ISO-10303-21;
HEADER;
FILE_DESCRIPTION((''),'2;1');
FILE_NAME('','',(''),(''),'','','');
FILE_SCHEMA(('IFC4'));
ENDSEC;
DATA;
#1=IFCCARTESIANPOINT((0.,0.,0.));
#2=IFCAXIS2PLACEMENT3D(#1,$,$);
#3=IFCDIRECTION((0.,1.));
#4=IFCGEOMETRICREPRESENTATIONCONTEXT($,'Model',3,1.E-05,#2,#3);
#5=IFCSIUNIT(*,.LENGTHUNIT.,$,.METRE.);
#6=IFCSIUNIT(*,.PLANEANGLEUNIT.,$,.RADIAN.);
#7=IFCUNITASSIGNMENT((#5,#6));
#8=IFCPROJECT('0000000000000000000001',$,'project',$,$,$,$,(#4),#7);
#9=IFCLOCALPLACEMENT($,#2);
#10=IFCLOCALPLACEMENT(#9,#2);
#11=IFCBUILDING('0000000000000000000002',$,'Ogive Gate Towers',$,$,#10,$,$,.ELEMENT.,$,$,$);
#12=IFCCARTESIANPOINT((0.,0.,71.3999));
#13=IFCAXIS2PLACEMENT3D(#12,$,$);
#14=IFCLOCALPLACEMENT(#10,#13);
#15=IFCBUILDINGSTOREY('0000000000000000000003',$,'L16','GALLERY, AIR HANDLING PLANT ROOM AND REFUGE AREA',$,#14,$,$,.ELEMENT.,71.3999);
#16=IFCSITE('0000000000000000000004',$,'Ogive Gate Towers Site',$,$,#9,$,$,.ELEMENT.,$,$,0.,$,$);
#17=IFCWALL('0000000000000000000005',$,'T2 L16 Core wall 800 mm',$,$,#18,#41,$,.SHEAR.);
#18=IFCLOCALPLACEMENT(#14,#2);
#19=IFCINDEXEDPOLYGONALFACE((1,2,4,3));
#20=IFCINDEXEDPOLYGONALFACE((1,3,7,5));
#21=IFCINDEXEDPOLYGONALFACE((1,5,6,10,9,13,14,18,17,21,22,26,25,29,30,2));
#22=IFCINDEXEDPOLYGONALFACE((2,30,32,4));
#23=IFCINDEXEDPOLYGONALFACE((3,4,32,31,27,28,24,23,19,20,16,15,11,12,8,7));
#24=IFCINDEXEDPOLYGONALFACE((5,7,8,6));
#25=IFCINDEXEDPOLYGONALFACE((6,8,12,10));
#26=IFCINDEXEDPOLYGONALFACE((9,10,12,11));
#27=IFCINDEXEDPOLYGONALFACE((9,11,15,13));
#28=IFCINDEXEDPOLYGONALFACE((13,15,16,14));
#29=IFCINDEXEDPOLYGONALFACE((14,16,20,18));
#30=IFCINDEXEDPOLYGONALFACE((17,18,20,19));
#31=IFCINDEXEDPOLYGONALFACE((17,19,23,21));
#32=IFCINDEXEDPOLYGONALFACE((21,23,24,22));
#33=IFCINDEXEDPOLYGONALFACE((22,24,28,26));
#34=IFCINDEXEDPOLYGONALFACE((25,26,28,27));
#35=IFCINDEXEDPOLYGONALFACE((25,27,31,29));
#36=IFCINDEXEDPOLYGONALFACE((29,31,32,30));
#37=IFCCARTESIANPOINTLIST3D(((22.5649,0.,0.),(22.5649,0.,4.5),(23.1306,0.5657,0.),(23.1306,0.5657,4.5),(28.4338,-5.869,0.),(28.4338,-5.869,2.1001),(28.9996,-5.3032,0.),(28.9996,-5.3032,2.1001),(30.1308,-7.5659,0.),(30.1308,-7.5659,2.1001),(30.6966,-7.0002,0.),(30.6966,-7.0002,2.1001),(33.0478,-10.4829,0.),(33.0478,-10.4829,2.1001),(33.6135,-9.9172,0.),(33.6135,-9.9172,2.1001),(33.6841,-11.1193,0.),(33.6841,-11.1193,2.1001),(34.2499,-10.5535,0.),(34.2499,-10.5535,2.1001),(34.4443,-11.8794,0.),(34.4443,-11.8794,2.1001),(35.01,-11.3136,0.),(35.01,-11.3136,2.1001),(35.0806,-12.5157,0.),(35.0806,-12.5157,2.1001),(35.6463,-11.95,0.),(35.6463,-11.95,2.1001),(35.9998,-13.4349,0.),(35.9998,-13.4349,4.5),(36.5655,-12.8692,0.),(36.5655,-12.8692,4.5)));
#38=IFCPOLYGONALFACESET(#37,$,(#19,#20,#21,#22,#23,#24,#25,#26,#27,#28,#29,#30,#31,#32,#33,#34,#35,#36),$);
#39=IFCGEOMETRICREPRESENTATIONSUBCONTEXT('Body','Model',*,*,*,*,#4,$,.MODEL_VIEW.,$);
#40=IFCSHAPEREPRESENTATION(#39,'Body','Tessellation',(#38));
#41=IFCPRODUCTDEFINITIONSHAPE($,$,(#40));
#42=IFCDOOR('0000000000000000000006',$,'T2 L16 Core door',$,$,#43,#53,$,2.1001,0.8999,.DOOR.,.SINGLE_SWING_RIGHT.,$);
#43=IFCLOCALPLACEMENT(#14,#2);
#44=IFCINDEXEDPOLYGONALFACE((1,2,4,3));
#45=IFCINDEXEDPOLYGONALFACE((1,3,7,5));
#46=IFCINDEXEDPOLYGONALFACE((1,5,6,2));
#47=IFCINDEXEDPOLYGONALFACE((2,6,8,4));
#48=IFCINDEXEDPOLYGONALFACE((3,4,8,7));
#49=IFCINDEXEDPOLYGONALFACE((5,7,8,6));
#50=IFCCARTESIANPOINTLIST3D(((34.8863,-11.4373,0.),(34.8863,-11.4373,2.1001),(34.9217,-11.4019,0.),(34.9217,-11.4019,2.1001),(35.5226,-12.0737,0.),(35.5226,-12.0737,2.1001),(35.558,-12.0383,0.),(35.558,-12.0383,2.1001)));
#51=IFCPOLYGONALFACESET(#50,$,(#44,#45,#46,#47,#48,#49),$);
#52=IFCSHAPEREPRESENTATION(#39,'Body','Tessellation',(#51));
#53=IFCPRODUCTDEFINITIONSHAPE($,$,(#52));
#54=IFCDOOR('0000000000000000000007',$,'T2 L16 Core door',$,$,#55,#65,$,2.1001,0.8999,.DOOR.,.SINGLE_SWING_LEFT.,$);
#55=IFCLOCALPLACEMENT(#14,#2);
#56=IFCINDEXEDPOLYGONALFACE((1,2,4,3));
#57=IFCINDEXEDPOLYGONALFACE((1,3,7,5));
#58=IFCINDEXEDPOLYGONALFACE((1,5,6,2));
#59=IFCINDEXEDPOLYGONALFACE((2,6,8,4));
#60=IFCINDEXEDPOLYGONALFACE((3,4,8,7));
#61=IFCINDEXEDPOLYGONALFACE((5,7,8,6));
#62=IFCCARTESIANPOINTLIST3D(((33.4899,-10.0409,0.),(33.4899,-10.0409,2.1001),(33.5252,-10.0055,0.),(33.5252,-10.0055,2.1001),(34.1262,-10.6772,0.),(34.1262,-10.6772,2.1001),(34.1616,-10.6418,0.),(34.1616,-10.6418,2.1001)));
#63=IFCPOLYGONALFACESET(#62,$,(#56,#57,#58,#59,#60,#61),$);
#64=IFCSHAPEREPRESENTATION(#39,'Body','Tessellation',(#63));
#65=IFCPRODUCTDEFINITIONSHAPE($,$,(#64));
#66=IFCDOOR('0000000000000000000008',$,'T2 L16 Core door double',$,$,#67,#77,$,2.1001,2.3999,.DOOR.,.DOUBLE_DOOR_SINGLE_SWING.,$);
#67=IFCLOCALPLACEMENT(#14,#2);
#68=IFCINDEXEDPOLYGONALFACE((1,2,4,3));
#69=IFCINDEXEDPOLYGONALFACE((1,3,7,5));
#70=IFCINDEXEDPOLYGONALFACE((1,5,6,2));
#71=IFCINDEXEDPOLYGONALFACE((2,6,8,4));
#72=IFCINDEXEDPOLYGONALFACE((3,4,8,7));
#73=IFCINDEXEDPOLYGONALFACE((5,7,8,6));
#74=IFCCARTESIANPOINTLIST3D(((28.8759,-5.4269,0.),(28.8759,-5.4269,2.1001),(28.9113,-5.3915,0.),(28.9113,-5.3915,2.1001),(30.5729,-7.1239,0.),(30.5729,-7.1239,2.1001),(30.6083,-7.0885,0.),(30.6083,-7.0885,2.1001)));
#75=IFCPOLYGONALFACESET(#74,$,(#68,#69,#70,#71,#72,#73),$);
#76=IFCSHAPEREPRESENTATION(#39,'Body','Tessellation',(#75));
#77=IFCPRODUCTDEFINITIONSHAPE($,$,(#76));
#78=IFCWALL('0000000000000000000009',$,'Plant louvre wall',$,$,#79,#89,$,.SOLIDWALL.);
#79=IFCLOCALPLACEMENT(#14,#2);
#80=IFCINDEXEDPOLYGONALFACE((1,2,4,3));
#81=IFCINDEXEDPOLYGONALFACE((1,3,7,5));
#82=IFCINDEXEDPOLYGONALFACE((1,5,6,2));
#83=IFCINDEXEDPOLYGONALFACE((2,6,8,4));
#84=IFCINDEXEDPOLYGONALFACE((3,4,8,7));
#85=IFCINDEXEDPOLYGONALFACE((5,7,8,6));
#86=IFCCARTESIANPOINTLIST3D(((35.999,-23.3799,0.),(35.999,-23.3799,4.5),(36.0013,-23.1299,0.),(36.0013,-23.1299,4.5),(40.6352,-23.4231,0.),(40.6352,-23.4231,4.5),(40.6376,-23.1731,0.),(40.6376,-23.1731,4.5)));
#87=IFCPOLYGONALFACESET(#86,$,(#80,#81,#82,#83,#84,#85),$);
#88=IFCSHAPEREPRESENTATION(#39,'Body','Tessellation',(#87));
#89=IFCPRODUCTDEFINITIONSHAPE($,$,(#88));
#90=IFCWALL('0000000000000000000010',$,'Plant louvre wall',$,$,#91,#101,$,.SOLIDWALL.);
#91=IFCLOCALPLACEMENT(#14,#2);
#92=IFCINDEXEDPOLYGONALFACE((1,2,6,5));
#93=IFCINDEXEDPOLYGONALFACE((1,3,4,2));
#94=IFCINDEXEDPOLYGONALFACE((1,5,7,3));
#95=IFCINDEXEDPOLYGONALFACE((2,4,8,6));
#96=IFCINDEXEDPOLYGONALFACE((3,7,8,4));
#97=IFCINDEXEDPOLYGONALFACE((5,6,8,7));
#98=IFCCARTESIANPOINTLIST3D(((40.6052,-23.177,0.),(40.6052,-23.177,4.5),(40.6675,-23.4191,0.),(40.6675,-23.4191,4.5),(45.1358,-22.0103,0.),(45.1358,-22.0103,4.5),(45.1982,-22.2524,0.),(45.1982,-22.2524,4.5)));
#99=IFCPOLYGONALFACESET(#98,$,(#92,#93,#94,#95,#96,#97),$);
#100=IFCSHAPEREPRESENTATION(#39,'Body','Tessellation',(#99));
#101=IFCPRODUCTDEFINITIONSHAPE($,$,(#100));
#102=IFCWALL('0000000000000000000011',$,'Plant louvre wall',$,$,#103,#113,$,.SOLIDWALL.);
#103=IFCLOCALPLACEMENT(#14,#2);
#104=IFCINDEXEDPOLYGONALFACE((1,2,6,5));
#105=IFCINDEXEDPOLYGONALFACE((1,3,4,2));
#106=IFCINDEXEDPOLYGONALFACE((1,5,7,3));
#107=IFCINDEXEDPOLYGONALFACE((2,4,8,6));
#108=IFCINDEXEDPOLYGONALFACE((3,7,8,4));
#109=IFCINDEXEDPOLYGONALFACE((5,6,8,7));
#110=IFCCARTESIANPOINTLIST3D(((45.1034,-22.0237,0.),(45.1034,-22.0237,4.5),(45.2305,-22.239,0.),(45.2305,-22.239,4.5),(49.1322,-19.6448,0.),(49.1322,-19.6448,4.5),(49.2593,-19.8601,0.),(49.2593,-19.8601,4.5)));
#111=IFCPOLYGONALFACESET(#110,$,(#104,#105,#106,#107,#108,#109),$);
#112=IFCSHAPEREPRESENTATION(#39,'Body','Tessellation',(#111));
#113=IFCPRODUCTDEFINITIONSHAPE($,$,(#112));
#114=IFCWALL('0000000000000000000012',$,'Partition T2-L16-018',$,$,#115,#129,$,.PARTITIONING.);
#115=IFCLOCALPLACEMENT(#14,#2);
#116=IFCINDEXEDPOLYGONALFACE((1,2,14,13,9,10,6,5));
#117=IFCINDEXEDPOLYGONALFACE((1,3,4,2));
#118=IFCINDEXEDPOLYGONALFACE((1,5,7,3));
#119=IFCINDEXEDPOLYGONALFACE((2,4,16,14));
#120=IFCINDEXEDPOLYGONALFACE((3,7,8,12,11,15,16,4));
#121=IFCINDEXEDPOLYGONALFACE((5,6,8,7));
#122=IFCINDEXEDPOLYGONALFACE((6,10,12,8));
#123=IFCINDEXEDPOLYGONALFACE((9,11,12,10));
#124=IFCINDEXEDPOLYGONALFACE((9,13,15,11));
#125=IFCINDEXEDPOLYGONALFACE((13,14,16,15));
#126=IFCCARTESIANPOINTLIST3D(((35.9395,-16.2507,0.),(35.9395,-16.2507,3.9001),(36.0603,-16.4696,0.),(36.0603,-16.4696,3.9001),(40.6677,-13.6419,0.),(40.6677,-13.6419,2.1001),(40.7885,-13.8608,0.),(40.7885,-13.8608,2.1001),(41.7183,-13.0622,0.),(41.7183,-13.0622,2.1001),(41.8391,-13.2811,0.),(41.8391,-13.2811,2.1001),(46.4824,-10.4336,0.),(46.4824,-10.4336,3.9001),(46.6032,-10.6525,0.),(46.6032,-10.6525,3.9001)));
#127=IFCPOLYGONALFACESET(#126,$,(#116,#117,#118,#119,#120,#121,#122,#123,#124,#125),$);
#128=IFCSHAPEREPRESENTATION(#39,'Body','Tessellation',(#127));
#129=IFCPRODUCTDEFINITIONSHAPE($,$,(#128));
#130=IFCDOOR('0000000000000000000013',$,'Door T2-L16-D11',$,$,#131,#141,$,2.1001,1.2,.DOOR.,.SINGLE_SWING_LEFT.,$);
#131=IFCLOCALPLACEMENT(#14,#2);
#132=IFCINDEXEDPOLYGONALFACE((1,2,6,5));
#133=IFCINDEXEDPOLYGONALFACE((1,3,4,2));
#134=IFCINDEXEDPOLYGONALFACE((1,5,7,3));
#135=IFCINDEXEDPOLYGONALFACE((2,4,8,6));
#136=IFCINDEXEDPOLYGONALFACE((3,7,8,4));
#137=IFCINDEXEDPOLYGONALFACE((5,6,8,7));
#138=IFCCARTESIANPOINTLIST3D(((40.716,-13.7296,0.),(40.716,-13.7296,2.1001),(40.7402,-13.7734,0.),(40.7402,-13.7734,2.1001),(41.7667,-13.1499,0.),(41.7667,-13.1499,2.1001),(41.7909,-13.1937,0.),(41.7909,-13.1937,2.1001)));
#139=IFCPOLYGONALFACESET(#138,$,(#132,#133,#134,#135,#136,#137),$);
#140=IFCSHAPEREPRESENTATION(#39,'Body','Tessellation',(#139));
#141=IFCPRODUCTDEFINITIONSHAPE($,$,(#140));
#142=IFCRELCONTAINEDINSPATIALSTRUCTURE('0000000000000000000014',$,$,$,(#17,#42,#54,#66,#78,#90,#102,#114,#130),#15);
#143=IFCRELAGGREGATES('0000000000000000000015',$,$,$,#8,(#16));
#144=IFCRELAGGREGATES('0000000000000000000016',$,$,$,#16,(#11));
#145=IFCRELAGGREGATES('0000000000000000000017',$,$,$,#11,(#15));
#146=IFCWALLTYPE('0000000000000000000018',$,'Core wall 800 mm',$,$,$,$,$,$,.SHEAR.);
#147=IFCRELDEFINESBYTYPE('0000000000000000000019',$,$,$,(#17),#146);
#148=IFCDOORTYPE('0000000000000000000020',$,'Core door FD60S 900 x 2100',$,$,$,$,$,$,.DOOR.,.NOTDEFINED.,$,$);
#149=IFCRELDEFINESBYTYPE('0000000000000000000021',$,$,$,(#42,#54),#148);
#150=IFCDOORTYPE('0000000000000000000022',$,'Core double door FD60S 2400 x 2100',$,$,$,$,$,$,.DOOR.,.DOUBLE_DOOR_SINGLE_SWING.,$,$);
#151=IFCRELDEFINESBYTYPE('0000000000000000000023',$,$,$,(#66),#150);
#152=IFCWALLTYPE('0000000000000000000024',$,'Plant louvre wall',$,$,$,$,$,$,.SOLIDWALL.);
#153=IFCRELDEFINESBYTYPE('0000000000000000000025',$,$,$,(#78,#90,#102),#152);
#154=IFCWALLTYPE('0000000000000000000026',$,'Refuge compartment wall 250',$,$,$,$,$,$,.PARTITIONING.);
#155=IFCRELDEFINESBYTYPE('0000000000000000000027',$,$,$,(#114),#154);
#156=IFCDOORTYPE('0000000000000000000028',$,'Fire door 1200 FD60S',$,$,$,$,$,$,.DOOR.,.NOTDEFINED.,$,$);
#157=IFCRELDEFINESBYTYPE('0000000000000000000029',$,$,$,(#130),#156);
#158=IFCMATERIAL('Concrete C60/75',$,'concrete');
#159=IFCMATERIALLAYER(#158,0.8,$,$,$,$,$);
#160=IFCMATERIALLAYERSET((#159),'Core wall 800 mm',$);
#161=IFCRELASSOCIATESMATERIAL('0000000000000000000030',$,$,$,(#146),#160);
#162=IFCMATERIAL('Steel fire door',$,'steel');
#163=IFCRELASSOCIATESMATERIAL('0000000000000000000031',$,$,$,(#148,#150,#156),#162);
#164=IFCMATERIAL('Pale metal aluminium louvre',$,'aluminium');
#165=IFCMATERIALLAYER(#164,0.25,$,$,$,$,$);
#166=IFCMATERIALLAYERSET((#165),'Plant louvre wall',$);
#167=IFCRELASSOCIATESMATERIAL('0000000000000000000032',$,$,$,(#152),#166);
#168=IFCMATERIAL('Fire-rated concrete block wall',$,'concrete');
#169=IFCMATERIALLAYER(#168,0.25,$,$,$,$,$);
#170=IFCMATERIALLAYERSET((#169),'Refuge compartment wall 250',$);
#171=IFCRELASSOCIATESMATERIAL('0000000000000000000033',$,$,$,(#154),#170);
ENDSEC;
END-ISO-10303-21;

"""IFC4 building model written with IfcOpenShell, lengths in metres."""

from ifc_helpers import new_model, si_unit, direction, frame, frame_2d, origin, place, context, subcontext, project, spatial, rectangle, extrude, material, layer, layer_set, type_object, element, fill, save


model = new_model("IFC4")

# Units and contexts
model_context = context("Model", 3, precision=1e-05, world=origin(), true_north=direction((0.0, 1.0)))
body_context = subcontext(model_context, "Body", "Model", "MODEL_VIEW")
ifc_project = project(units=[si_unit("LENGTHUNIT", "METRE"), si_unit("PLANEANGLEUNIT", "RADIAN")], contexts=[model_context])

# Site, building, storey
site_placement = place(None, origin())
site = spatial("IfcSite", under=ifc_project, at=site_placement, Name="Ogive Gate Towers Site", CompositionType="ELEMENT", RefElevation=0.0)
building_placement = place(site_placement, origin())
building = spatial("IfcBuilding", under=site, at=building_placement, Name="Ogive Gate Towers", CompositionType="ELEMENT")
storey_placement = place(building_placement, frame((0.0, 0.0, 71.3999)))
storey = spatial("IfcBuildingStorey", under=building, at=storey_placement, Name="L16", Description="GALLERY, AIR HANDLING PLANT ROOM AND REFUGE AREA", CompositionType="ELEMENT", Elevation=71.3999)

# Shared definitions
ifc_material_1 = material(Name="Concrete C60/75", Category="concrete")
ifc_layer_1 = layer(ifc_material_1, 0.8)
ifc_layer_set_1 = layer_set([ifc_layer_1], Name="Core wall 800 mm")
wall_type_1 = type_object("IfcWallType", Name="Core wall 800 mm", PredefinedType="SHEAR", material=ifc_layer_set_1)
ifc_material_2 = material(Name="Steel fire door", Category="steel")

# Wall, openings, doors
wall_1_placement = place(storey_placement, frame((36.2827, -13.1521, 0.0), z_axis=(0.0, 0.0, 1.0), x_axis=(-0.707107, 0.707107, 0.0)))
wall_1 = element("IfcWall", 1, at=wall_1_placement, inside=storey, type_object=wall_type_1, Name="T2 L16 Core wall 800 mm", PredefinedType="SHEAR", context=body_context, shape_type="SweptSolid", body=[
    extrude(rectangle(XDim=18.9998, YDim=0.8, at=frame_2d((9.5, 0.0))), origin(), (0.0, 0.0, 1.0), 4.5),
])
opening_1_placement = place(wall_1_placement, frame((8.3, 0.0, 0.0)))
opening_1 = element("IfcOpeningElement", 2, at=opening_1_placement, cuts=wall_1, PredefinedType="OPENING", context=body_context, shape_type="SweptSolid", body=[
    extrude(rectangle(XDim=2.3999, YDim=2.1001, at=frame_2d((1.2, 1.05))), frame((0.0, 0.4102, 0.0), z_axis=(0.0, -1.0, 0.0), x_axis=(1.0, 0.0, 0.0)), (0.0, 0.0, 1.0), 0.8201),
])
opening_2_placement = place(wall_1_placement, frame((1.3, 0.0, 0.0)))
opening_2 = element("IfcOpeningElement", 3, at=opening_2_placement, cuts=wall_1, PredefinedType="OPENING", context=body_context, shape_type="SweptSolid", body=[
    extrude(rectangle(XDim=0.8999, YDim=2.1001, at=frame_2d((0.45, 1.05))), frame((0.0, 0.4102, 0.0), z_axis=(0.0, -1.0, 0.0), x_axis=(1.0, 0.0, 0.0)), (0.0, 0.0, 1.0), 0.8201),
])
opening_3_placement = place(wall_1_placement, frame((3.2749, 0.0, 0.0)))
opening_3 = element("IfcOpeningElement", 4, at=opening_3_placement, cuts=wall_1, PredefinedType="OPENING", context=body_context, shape_type="SweptSolid", body=[
    extrude(rectangle(XDim=0.8999, YDim=2.1001, at=frame_2d((0.45, 1.05))), frame((0.0, 0.4102, 0.0), z_axis=(0.0, -1.0, 0.0), x_axis=(1.0, 0.0, 0.0)), (0.0, 0.0, 1.0), 0.8201),
])
door_type_1 = type_object("IfcDoorType", Name="Core door FD60S 900 x 2100", OperationType="NOTDEFINED", PredefinedType="DOOR", material=ifc_material_2)
door_1_placement = place(opening_2_placement, origin())
door_1 = element("IfcDoor", 5, at=door_1_placement, inside=storey, type_object=door_type_1, Name="T2 L16 Core door", OperationType="SINGLE_SWING_RIGHT", OverallHeight=2.1001, OverallWidth=0.8999, PredefinedType="DOOR", context=body_context, shape_type="SweptSolid", body=[
    extrude(rectangle(XDim=0.8999, YDim=2.1001, at=frame_2d((0.45, 1.05))), frame((0.0, -0.2251, 0.0), z_axis=(0.0, -1.0, 0.0), x_axis=(1.0, 0.0, 0.0)), (0.0, 0.0, 1.0), 0.05),
])
fill(opening_2, door_1)
door_2_placement = place(opening_3_placement, origin())
door_2 = element("IfcDoor", 6, at=door_2_placement, inside=storey, type_object=door_type_1, Name="T2 L16 Core door", OperationType="SINGLE_SWING_LEFT", OverallHeight=2.1001, OverallWidth=0.8999, PredefinedType="DOOR", context=body_context, shape_type="SweptSolid", body=[
    extrude(rectangle(XDim=0.8999, YDim=2.1001, at=frame_2d((0.45, 1.05))), frame((0.0, -0.2251, 0.0), z_axis=(0.0, -1.0, 0.0), x_axis=(1.0, 0.0, 0.0)), (0.0, 0.0, 1.0), 0.05),
])
fill(opening_3, door_2)
door_type_2 = type_object("IfcDoorType", Name="Core double door FD60S 2400 x 2100", OperationType="DOUBLE_DOOR_SINGLE_SWING", PredefinedType="DOOR", material=ifc_material_2)
door_3_placement = place(opening_1_placement, origin())
door_3 = element("IfcDoor", 7, at=door_3_placement, inside=storey, type_object=door_type_2, Name="T2 L16 Core door double", OperationType="DOUBLE_DOOR_SINGLE_SWING", OverallHeight=2.1001, OverallWidth=2.3999, PredefinedType="DOOR", context=body_context, shape_type="SweptSolid", body=[
    extrude(rectangle(XDim=2.3999, YDim=2.1001, at=frame_2d((1.2, 1.05))), frame((0.0, -0.2251, 0.0), z_axis=(0.0, -1.0, 0.0), x_axis=(1.0, 0.0, 0.0)), (0.0, 0.0, 1.0), 0.05),
])
fill(opening_1, door_3)

# Walls
ifc_material_3 = material(Name="Pale metal aluminium louvre", Category="aluminium")
ifc_layer_2 = layer(ifc_material_3, 0.25)
ifc_layer_set_2 = layer_set([ifc_layer_2], Name="Plant louvre wall")
wall_type_2 = type_object("IfcWallType", Name="Plant louvre wall", PredefinedType="SOLIDWALL", material=ifc_layer_set_2)
wall_2_placement = place(storey_placement, frame((36.0, -23.2549, 0.0), z_axis=(0.0, 0.0, 1.0), x_axis=(0.999957, -0.00932, 0.0)))
element("IfcWall", 8, at=wall_2_placement, inside=storey, type_object=wall_type_2, Name="Plant louvre wall", PredefinedType="SOLIDWALL", context=body_context, shape_type="SweptSolid", body=[
    extrude(rectangle(XDim=4.6365, YDim=0.25, at=frame_2d((2.3184, 0.0))), origin(), (0.0, 0.0, 1.0), 4.5),
])
wall_3_placement = place(storey_placement, frame((40.6362, -23.2981, 0.0), z_axis=(0.0, 0.0, 1.0), x_axis=(0.968405, 0.249381, 0.0)))
element("IfcWall", 9, at=wall_3_placement, inside=storey, type_object=wall_type_2, Name="Plant louvre wall", PredefinedType="SOLIDWALL", context=body_context, shape_type="SweptSolid", body=[
    extrude(rectangle(XDim=4.6785, YDim=0.25, at=frame_2d((2.3394, 0.0))), origin(), (0.0, 0.0, 1.0), 4.5),
])
wall_4_placement = place(storey_placement, frame((45.167, -22.1313, 0.0), z_axis=(0.0, 0.0, 1.0), x_axis=(0.861091, 0.508452, 0.0)))
element("IfcWall", 10, at=wall_4_placement, inside=storey, type_object=wall_type_2, Name="Plant louvre wall", PredefinedType="SOLIDWALL", context=body_context, shape_type="SweptSolid", body=[
    extrude(rectangle(XDim=4.6787, YDim=0.25, at=frame_2d((2.3394, 0.0))), origin(), (0.0, 0.0, 1.0), 4.5),
])

# Wall, opening, door
ifc_material_4 = material(Name="Fire-rated concrete block wall", Category="concrete")
ifc_layer_3 = layer(ifc_material_4, 0.25)
ifc_layer_set_3 = layer_set([ifc_layer_3], Name="Refuge compartment wall 250")
wall_type_3 = type_object("IfcWallType", Name="Refuge compartment wall 250", PredefinedType="PARTITIONING", material=ifc_layer_set_3)
wall_5_placement = place(storey_placement, frame((36.0, -16.3601, 0.0), z_axis=(0.0, 0.0, 1.0), x_axis=(0.875566, 0.483098, 0.0)))
wall_5 = element("IfcWall", 11, at=wall_5_placement, inside=storey, type_object=wall_type_3, Name="Partition T2-L16-018", PredefinedType="PARTITIONING", context=body_context, shape_type="SweptSolid", body=[
    extrude(rectangle(XDim=12.0413, YDim=0.25, at=frame_2d((6.0205, 0.0))), origin(), (0.0, 0.0, 1.0), 3.9001),
])
opening_4_placement = place(wall_5_placement, frame((5.3999, 0.0, 0.0)))
opening_4 = element("IfcOpeningElement", 12, at=opening_4_placement, cuts=wall_5, PredefinedType="OPENING", context=body_context, shape_type="SweptSolid", body=[
    extrude(rectangle(XDim=1.2, YDim=2.1001, at=frame_2d((0.6001, 1.05))), frame((0.0, 0.135, 0.0), z_axis=(0.0, -1.0, 0.0), x_axis=(1.0, 0.0, 0.0)), (0.0, 0.0, 1.0), 0.27),
])
door_type_3 = type_object("IfcDoorType", Name="Fire door 1200 FD60S", OperationType="NOTDEFINED", PredefinedType="DOOR", material=ifc_material_2)
door_4_placement = place(opening_4_placement, origin())
door_4 = element("IfcDoor", 13, at=door_4_placement, inside=storey, type_object=door_type_3, Name="Door T2-L16-D11", OperationType="SINGLE_SWING_LEFT", OverallHeight=2.1001, OverallWidth=1.2, PredefinedType="DOOR", context=body_context, shape_type="SweptSolid", body=[
    extrude(rectangle(XDim=1.2, YDim=2.1001, at=frame_2d((0.6001, 1.05))), frame((0.0, 0.0249, 0.0), z_axis=(0.0, -1.0, 0.0), x_axis=(1.0, 0.0, 0.0)), (0.0, 0.0, 1.0), 0.05),
])
fill(opening_4, door_4)

save(model, "model.ifc")
